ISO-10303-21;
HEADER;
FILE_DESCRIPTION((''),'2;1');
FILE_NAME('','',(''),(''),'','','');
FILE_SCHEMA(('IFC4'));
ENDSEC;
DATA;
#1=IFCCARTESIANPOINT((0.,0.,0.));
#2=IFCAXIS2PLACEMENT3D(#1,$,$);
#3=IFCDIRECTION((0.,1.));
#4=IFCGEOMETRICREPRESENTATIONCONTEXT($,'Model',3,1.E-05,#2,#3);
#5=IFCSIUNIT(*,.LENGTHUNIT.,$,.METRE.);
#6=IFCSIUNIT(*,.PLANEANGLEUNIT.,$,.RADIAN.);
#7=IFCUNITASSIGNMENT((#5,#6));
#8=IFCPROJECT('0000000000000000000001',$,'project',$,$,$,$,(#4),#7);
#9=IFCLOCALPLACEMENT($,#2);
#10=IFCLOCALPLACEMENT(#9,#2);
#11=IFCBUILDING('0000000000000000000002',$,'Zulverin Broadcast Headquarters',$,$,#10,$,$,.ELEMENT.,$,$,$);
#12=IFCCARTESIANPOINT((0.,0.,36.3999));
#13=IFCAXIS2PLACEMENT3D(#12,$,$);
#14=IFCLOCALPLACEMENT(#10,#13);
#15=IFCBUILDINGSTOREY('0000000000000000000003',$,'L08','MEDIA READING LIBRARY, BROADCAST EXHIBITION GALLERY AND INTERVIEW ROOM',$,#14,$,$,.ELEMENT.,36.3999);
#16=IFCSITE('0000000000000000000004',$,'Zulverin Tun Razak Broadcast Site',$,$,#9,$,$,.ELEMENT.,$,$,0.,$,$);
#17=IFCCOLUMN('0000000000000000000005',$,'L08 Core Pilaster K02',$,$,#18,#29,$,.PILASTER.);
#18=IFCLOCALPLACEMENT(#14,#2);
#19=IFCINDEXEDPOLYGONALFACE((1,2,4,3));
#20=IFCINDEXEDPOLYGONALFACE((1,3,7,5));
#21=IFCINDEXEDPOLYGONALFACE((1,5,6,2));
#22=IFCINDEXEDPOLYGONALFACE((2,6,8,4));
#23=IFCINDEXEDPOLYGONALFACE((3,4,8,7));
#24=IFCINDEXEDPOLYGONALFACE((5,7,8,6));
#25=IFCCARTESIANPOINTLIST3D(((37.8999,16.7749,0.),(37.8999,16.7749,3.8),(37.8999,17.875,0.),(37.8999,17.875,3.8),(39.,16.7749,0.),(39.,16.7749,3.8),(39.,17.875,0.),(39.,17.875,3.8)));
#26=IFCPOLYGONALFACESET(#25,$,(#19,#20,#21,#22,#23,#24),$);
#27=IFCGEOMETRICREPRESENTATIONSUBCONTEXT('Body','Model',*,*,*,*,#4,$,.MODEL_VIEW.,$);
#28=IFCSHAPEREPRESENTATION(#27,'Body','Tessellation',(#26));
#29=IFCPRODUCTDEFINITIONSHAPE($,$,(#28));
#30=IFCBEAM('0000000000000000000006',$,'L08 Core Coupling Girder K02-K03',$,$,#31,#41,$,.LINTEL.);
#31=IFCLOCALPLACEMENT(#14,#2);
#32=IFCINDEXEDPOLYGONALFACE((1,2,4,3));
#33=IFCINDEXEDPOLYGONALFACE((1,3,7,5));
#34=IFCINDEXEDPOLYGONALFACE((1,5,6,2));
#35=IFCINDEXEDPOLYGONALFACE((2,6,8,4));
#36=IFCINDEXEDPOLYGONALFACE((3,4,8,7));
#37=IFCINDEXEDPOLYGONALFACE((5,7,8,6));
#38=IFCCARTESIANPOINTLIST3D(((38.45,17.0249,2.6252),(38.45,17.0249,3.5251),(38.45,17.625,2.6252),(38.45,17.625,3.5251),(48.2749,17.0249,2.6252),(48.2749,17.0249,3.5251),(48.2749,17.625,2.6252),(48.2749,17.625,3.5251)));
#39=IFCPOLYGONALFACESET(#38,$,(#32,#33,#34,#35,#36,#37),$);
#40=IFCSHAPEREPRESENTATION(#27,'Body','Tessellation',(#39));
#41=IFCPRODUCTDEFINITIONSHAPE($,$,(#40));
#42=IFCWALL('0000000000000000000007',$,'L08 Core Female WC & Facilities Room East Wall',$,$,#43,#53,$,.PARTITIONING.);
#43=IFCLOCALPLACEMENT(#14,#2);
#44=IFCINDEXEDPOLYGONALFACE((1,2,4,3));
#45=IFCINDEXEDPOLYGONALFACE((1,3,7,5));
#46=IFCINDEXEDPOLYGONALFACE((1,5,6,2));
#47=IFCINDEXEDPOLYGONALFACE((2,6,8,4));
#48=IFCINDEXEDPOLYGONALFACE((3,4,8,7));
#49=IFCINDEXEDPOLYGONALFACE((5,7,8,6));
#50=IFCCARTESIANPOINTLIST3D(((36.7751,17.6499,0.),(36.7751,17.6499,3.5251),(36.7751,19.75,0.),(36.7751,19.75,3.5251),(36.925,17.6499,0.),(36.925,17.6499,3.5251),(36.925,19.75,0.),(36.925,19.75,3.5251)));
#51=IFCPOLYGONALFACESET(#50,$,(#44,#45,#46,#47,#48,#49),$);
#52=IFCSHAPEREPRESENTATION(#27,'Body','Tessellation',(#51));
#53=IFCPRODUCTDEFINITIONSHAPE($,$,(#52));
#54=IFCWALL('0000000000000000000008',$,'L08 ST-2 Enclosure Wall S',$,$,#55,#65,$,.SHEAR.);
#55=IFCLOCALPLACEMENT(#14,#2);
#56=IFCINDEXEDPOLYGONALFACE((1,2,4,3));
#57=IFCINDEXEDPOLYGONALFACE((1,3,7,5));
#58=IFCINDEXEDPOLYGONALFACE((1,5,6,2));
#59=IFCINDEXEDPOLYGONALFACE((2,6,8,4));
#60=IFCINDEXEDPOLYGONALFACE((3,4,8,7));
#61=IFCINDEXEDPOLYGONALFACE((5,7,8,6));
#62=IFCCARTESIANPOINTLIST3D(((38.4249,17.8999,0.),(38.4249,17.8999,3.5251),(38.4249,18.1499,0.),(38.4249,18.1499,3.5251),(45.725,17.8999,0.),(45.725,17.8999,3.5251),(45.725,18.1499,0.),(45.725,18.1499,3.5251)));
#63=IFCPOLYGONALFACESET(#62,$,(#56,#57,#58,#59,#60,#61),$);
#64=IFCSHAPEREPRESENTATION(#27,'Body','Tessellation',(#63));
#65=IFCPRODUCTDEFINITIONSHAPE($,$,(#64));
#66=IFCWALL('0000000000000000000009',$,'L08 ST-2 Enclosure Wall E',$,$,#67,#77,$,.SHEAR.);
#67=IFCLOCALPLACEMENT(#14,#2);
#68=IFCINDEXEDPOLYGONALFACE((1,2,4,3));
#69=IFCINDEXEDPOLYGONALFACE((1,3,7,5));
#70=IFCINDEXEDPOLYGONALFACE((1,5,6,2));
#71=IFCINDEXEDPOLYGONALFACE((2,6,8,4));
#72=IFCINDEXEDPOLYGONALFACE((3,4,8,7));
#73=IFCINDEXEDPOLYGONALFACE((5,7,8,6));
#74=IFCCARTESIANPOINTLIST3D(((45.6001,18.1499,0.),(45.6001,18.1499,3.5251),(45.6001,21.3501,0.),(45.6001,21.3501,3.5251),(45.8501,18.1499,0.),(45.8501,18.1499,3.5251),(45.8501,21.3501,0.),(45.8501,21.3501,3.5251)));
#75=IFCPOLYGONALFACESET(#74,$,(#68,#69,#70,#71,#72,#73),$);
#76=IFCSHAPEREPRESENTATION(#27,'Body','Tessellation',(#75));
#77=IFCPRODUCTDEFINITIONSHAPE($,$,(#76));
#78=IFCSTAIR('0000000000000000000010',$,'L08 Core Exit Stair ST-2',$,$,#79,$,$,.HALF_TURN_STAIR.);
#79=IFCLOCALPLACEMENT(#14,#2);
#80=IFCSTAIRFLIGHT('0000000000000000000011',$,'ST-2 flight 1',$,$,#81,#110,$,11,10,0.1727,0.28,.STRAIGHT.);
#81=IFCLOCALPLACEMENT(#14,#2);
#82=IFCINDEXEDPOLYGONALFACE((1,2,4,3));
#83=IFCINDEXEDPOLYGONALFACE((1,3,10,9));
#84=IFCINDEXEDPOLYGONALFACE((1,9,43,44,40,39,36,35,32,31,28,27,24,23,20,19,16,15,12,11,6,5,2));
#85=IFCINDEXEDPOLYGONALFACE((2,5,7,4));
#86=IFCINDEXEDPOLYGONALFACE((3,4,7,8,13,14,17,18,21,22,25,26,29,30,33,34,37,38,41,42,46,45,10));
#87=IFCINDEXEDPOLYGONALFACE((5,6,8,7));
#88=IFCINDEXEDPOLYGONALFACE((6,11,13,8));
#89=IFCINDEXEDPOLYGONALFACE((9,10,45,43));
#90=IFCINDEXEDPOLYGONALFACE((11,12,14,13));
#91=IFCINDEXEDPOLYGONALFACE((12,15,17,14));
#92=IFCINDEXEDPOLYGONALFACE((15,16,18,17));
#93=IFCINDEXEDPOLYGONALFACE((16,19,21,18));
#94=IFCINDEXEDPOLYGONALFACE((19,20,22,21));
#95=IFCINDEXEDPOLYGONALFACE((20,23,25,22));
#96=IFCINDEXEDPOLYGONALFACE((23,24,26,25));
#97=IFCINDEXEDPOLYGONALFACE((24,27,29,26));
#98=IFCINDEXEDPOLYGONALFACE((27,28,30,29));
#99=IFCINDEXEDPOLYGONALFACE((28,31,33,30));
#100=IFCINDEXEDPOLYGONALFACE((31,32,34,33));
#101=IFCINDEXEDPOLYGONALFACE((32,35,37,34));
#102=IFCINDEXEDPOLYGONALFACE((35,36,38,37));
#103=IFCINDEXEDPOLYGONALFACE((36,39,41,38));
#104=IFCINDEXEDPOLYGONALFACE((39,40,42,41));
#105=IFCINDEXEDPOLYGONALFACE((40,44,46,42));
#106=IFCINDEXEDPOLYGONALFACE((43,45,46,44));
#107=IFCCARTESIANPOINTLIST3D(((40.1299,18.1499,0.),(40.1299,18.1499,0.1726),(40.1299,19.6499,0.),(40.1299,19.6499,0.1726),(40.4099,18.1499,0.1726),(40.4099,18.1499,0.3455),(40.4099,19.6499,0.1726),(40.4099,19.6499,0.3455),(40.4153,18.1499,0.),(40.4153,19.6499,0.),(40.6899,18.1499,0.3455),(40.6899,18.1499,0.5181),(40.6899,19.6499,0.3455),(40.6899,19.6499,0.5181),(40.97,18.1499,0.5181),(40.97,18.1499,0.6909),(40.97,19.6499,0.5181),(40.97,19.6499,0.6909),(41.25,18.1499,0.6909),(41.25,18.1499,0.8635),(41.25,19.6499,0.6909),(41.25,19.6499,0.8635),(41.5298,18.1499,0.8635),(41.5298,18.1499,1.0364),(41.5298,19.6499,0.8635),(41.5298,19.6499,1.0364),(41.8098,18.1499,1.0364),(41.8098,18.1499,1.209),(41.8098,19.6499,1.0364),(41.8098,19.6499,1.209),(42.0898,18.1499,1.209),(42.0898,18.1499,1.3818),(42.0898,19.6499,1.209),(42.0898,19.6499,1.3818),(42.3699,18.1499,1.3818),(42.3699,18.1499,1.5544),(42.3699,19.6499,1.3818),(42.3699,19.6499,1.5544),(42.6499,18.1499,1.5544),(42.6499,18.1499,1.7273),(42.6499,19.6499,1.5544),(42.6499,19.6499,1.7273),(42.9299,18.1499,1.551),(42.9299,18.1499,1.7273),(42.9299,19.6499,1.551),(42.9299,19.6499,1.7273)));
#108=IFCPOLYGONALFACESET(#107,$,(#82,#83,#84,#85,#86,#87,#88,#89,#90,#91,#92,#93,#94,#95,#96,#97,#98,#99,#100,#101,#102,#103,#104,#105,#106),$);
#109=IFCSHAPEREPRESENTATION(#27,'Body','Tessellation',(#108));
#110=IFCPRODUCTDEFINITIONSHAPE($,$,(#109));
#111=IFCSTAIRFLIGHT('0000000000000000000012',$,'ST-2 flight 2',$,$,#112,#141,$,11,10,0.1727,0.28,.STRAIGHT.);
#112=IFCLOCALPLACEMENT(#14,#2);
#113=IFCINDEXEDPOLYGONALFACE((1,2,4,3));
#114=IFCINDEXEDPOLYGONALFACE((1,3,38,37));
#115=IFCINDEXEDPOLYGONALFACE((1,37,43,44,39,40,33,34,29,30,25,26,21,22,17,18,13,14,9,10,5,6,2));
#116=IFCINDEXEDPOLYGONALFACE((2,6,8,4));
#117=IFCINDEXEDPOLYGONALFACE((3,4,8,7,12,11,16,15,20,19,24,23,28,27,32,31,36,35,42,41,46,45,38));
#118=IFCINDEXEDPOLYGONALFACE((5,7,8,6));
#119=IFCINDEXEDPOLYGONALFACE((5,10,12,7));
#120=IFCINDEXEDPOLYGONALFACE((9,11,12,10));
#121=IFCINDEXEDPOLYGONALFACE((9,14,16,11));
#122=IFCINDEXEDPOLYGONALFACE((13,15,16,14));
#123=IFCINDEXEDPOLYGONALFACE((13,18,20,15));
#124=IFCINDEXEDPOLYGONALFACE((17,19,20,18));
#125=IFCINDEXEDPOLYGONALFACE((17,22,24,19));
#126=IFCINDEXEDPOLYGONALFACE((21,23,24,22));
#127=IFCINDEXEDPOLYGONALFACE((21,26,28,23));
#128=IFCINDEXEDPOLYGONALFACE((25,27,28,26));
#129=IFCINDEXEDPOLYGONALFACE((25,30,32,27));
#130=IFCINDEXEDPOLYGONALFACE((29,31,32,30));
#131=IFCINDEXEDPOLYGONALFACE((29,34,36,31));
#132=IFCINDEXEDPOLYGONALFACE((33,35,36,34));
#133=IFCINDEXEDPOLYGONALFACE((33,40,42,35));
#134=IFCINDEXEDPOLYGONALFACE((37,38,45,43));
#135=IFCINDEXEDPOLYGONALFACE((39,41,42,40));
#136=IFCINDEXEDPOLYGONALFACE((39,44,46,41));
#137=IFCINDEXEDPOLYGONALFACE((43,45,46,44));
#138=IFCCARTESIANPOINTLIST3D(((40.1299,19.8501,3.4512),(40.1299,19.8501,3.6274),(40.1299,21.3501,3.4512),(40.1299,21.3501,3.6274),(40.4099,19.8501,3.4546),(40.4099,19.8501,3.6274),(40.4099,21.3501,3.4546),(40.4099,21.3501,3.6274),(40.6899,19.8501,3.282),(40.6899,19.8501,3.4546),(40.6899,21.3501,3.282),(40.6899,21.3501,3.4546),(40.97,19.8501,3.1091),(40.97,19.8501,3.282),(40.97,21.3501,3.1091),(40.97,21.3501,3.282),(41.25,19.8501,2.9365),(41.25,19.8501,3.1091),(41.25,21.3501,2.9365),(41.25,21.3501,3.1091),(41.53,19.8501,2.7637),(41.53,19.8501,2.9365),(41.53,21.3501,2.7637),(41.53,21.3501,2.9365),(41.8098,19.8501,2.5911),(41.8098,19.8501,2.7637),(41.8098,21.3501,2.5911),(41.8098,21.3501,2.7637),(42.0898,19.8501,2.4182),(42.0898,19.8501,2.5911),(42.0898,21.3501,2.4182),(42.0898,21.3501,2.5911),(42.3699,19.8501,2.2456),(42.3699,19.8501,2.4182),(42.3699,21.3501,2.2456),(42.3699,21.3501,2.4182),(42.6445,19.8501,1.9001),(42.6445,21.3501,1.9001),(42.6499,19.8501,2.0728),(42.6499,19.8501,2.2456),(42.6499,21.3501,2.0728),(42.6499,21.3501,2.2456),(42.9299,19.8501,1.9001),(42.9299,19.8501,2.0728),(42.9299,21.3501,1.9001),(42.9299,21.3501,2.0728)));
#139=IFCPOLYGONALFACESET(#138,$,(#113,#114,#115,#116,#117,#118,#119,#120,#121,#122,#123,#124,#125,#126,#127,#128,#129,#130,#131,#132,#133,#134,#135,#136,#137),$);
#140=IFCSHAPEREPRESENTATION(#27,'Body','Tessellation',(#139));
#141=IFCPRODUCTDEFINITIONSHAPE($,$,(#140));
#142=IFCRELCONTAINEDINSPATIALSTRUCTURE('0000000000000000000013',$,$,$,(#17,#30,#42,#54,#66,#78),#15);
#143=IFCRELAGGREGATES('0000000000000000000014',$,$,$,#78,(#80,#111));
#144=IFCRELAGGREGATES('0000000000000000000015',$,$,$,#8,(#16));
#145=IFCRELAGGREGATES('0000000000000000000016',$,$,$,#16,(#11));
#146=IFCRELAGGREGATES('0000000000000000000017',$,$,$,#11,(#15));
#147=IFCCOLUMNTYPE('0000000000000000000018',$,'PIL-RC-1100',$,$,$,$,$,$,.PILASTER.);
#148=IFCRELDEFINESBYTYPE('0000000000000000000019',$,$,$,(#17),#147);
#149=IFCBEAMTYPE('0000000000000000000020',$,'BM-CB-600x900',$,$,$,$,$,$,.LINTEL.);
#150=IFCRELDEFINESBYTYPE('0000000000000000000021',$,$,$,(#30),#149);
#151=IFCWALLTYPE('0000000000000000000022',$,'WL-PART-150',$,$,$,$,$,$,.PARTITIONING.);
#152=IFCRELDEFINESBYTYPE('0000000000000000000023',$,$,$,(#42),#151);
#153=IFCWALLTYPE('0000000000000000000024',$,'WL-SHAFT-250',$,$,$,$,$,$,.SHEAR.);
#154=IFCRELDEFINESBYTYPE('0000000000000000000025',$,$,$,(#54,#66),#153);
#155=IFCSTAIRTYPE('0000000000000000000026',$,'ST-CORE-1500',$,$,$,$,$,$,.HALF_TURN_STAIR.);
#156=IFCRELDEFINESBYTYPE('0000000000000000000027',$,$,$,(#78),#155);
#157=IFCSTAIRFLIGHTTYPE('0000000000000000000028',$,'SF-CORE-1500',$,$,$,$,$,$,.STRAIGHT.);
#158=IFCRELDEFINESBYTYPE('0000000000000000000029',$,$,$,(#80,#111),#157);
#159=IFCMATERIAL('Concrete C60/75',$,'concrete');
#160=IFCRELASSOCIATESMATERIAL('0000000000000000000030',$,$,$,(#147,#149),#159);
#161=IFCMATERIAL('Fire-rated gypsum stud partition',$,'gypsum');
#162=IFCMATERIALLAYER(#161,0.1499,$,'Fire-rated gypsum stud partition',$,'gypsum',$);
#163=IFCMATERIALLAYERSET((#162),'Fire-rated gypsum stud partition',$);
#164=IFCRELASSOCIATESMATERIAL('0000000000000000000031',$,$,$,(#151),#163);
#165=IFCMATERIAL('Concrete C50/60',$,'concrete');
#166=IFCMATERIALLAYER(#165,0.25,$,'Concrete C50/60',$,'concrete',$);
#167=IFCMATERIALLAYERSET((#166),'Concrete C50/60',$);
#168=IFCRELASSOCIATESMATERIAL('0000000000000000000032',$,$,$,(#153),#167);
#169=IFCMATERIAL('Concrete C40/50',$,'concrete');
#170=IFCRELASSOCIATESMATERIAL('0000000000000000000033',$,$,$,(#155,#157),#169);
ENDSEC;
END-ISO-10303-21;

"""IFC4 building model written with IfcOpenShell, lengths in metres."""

from ifc_helpers import new_model, si_unit, direction, frame, frame_2d, origin, origin_2d, place, context, subcontext, project, spatial, polyline, rectangle, outline, extrude, material, layer, layer_set, material_profile, profile_set, type_object, element, aggregate, save


model = new_model("IFC4")

# Units and contexts
model_context = context("Model", 3, precision=1e-05, world=origin(), true_north=direction((0.0, 1.0)))
body_context = subcontext(model_context, "Body", "Model", "MODEL_VIEW")
ifc_project = project(units=[si_unit("LENGTHUNIT", "METRE"), si_unit("PLANEANGLEUNIT", "RADIAN")], contexts=[model_context])

# Site, building, storey
site_placement = place(None, origin())
site = spatial("IfcSite", under=ifc_project, at=site_placement, Name="Zulverin Tun Razak Broadcast Site", CompositionType="ELEMENT", RefElevation=0.0)
building_placement = place(site_placement, origin())
building = spatial("IfcBuilding", under=site, at=building_placement, Name="Zulverin Broadcast Headquarters", CompositionType="ELEMENT")
storey_placement = place(building_placement, frame((0.0, 0.0, 36.3999)))
storey = spatial("IfcBuildingStorey", under=building, at=storey_placement, Name="L08", Description="MEDIA READING LIBRARY, BROADCAST EXHIBITION GALLERY AND INTERVIEW ROOM", CompositionType="ELEMENT", Elevation=36.3999)

# Column
ifc_material_1 = material(Name="Concrete C60/75", Category="concrete")
ifc_material_profile_1 = material_profile(ifc_material_1, rectangle(XDim=1.1001, YDim=1.1001, at=origin_2d()), Name="Concrete C60/75", Category="concrete")
ifc_profile_set_1 = profile_set([ifc_material_profile_1], Name="Concrete C60/75")
column_type = type_object("IfcColumnType", Name="PIL-RC-1100", PredefinedType="PILASTER", material=ifc_profile_set_1)
column_placement = place(storey_placement, frame((38.45, 17.325, 0.0), z_axis=(0.0, 0.0, 1.0), x_axis=(1.0, 0.0, 0.0)))
element("IfcColumn", 1, at=column_placement, inside=storey, type_object=column_type, Name="L08 Core Pilaster K02", PredefinedType="PILASTER", context=body_context, shape_type="SweptSolid", body=[
    extrude(rectangle(XDim=1.1001, YDim=1.1001, at=origin_2d()), origin(), (0.0, 0.0, 1.0), 3.8),
])

# Beam
ifc_material_profile_2 = material_profile(ifc_material_1, rectangle(XDim=0.6001, YDim=0.8999, at=origin_2d()), Name="Concrete C60/75", Category="concrete")
ifc_profile_set_2 = profile_set([ifc_material_profile_2], Name="Concrete C60/75")
beam_type = type_object("IfcBeamType", Name="BM-CB-600x900", PredefinedType="LINTEL", material=ifc_profile_set_2)
beam_placement = place(storey_placement, frame((38.45, 17.325, 3.0752), z_axis=(1.0, 0.0, 0.0), x_axis=(0.0, 1.0, 0.0)))
element("IfcBeam", 2, at=beam_placement, inside=storey, type_object=beam_type, Name="L08 Core Coupling Girder K02-K03", PredefinedType="LINTEL", context=body_context, shape_type="SweptSolid", body=[
    extrude(rectangle(XDim=0.6001, YDim=0.8999, at=origin_2d()), origin(), (0.0, 0.0, 1.0), 9.825),
])

# Walls
ifc_material_2 = material(Name="Fire-rated gypsum stud partition", Category="gypsum")
ifc_layer_1 = layer(ifc_material_2, 0.1499, Name="Fire-rated gypsum stud partition", Category="gypsum")
ifc_layer_set_1 = layer_set([ifc_layer_1], Name="Fire-rated gypsum stud partition")
wall_type_1 = type_object("IfcWallType", Name="WL-PART-150", PredefinedType="PARTITIONING", material=ifc_layer_set_1)
wall_1_placement = place(storey_placement, frame((36.8501, 17.6499, 0.0), z_axis=(0.0, 0.0, 1.0), x_axis=(0.0, 1.0, 0.0)))
element("IfcWall", 3, at=wall_1_placement, inside=storey, type_object=wall_type_1, Name="L08 Core Female WC & Facilities Room East Wall", PredefinedType="PARTITIONING", context=body_context, shape_type="SweptSolid", body=[
    extrude(rectangle(XDim=2.1001, YDim=0.1499, at=frame_2d((1.05, 0.0))), origin(), (0.0, 0.0, 1.0), 3.5251),
])
ifc_material_3 = material(Name="Concrete C50/60", Category="concrete")
ifc_layer_2 = layer(ifc_material_3, 0.25, Name="Concrete C50/60", Category="concrete")
ifc_layer_set_2 = layer_set([ifc_layer_2], Name="Concrete C50/60")
wall_type_2 = type_object("IfcWallType", Name="WL-SHAFT-250", PredefinedType="SHEAR", material=ifc_layer_set_2)
wall_2_placement = place(storey_placement, frame((38.425, 18.0249, 0.0), z_axis=(0.0, 0.0, 1.0), x_axis=(1.0, 0.0, 0.0)))
element("IfcWall", 4, at=wall_2_placement, inside=storey, type_object=wall_type_2, Name="L08 ST-2 Enclosure Wall S", PredefinedType="SHEAR", context=body_context, shape_type="SweptSolid", body=[
    extrude(rectangle(XDim=7.3, YDim=0.25, at=frame_2d((3.6499, 0.0))), origin(), (0.0, 0.0, 1.0), 3.5251),
])

# Wall
wall_3_placement = place(storey_placement, frame((45.7251, 18.1499, 0.0), z_axis=(0.0, 0.0, 1.0), x_axis=(0.0, 1.0, 0.0)))
element("IfcWall", 5, at=wall_3_placement, inside=storey, type_object=wall_type_2, Name="L08 ST-2 Enclosure Wall E", PredefinedType="SHEAR", context=body_context, shape_type="SweptSolid", body=[
    extrude(rectangle(XDim=3.2002, YDim=0.25, at=frame_2d((1.6001, 0.0))), origin(), (0.0, 0.0, 1.0), 3.5251),
])

# Stair, stair flights
ifc_material_4 = material(Name="Concrete C40/50", Category="concrete")
stair_type = type_object("IfcStairType", Name="ST-CORE-1500", PredefinedType="HALF_TURN_STAIR", material=ifc_material_4)
stair_placement = place(storey_placement, origin())
stair = element("IfcStair", 6, at=stair_placement, inside=storey, type_object=stair_type, Name="L08 Core Exit Stair ST-2", PredefinedType="HALF_TURN_STAIR")
stair_flight_type = type_object("IfcStairFlightType", Name="SF-CORE-1500", PredefinedType="STRAIGHT", material=ifc_material_4)
stair_flight_1_placement = place(storey_placement, frame((40.1299, 18.8999, 0.0), z_axis=(0.0, 0.0, 1.0), x_axis=(1.0, 0.0, 0.0)))
stair_flight_1 = element("IfcStairFlight", 7, at=stair_flight_1_placement, type_object=stair_flight_type, Name="ST-2 flight 1", NumberOfRisers=11, NumberOfTreads=10, PredefinedType="STRAIGHT", RiserHeight=0.1727, TreadLength=0.28, context=body_context, shape_type="SweptSolid", body=[
    extrude(outline(polyline([(0.0, 0.0), (0.0, 0.1726), (0.28, 0.1726), (0.28, 0.3455), (0.5601, 0.3455), (0.5601, 0.5181), (0.8401, 0.5181), (0.8401, 0.6909), (1.1201, 0.6909), (1.1201, 0.8635), (1.3999, 0.8635), (1.3999, 1.0364), (1.6799, 1.0364), (1.6799, 1.209), (1.96, 1.209), (1.96, 1.3818), (2.24, 1.3818), (2.24, 1.5544), (2.52, 1.5544), (2.52, 1.7273), (2.8, 1.7273), (2.8, 1.8999), (2.8, 1.551), (0.2854, 0.0), (0.0, 0.0)])), frame((0.0, 0.75, 0.0), z_axis=(0.0, -1.0, 0.0), x_axis=(1.0, 0.0, 0.0)), (0.0, 0.0, 1.0), 1.5),
])
stair_flight_2_placement = place(storey_placement, frame((42.9299, 20.6001, 1.9001), z_axis=(0.0, 0.0, 1.0), x_axis=(-1.0, 0.0, 0.0)))
stair_flight_2 = element("IfcStairFlight", 8, at=stair_flight_2_placement, type_object=stair_flight_type, Name="ST-2 flight 2", NumberOfRisers=11, NumberOfTreads=10, PredefinedType="STRAIGHT", RiserHeight=0.1727, TreadLength=0.28, context=body_context, shape_type="SweptSolid", body=[
    extrude(outline(polyline([(0.0, 0.0), (0.0, 0.1726), (0.28, 0.1726), (0.28, 0.3455), (0.5601, 0.3455), (0.5601, 0.5181), (0.8401, 0.5181), (0.8401, 0.6909), (1.1201, 0.6909), (1.1201, 0.8635), (1.3999, 0.8635), (1.3999, 1.0364), (1.6799, 1.0364), (1.6799, 1.209), (1.96, 1.209), (1.96, 1.3818), (2.24, 1.3818), (2.24, 1.5544), (2.52, 1.5544), (2.52, 1.7273), (2.8, 1.7273), (2.8, 1.8999), (2.8, 1.551), (0.2854, 0.0), (0.0, 0.0)])), frame((0.0, 0.75, 0.0), z_axis=(0.0, -1.0, 0.0), x_axis=(1.0, 0.0, 0.0)), (0.0, 0.0, 1.0), 1.5),
])
aggregate(stair, [stair_flight_1, stair_flight_2])

save(model, "model.ifc")
